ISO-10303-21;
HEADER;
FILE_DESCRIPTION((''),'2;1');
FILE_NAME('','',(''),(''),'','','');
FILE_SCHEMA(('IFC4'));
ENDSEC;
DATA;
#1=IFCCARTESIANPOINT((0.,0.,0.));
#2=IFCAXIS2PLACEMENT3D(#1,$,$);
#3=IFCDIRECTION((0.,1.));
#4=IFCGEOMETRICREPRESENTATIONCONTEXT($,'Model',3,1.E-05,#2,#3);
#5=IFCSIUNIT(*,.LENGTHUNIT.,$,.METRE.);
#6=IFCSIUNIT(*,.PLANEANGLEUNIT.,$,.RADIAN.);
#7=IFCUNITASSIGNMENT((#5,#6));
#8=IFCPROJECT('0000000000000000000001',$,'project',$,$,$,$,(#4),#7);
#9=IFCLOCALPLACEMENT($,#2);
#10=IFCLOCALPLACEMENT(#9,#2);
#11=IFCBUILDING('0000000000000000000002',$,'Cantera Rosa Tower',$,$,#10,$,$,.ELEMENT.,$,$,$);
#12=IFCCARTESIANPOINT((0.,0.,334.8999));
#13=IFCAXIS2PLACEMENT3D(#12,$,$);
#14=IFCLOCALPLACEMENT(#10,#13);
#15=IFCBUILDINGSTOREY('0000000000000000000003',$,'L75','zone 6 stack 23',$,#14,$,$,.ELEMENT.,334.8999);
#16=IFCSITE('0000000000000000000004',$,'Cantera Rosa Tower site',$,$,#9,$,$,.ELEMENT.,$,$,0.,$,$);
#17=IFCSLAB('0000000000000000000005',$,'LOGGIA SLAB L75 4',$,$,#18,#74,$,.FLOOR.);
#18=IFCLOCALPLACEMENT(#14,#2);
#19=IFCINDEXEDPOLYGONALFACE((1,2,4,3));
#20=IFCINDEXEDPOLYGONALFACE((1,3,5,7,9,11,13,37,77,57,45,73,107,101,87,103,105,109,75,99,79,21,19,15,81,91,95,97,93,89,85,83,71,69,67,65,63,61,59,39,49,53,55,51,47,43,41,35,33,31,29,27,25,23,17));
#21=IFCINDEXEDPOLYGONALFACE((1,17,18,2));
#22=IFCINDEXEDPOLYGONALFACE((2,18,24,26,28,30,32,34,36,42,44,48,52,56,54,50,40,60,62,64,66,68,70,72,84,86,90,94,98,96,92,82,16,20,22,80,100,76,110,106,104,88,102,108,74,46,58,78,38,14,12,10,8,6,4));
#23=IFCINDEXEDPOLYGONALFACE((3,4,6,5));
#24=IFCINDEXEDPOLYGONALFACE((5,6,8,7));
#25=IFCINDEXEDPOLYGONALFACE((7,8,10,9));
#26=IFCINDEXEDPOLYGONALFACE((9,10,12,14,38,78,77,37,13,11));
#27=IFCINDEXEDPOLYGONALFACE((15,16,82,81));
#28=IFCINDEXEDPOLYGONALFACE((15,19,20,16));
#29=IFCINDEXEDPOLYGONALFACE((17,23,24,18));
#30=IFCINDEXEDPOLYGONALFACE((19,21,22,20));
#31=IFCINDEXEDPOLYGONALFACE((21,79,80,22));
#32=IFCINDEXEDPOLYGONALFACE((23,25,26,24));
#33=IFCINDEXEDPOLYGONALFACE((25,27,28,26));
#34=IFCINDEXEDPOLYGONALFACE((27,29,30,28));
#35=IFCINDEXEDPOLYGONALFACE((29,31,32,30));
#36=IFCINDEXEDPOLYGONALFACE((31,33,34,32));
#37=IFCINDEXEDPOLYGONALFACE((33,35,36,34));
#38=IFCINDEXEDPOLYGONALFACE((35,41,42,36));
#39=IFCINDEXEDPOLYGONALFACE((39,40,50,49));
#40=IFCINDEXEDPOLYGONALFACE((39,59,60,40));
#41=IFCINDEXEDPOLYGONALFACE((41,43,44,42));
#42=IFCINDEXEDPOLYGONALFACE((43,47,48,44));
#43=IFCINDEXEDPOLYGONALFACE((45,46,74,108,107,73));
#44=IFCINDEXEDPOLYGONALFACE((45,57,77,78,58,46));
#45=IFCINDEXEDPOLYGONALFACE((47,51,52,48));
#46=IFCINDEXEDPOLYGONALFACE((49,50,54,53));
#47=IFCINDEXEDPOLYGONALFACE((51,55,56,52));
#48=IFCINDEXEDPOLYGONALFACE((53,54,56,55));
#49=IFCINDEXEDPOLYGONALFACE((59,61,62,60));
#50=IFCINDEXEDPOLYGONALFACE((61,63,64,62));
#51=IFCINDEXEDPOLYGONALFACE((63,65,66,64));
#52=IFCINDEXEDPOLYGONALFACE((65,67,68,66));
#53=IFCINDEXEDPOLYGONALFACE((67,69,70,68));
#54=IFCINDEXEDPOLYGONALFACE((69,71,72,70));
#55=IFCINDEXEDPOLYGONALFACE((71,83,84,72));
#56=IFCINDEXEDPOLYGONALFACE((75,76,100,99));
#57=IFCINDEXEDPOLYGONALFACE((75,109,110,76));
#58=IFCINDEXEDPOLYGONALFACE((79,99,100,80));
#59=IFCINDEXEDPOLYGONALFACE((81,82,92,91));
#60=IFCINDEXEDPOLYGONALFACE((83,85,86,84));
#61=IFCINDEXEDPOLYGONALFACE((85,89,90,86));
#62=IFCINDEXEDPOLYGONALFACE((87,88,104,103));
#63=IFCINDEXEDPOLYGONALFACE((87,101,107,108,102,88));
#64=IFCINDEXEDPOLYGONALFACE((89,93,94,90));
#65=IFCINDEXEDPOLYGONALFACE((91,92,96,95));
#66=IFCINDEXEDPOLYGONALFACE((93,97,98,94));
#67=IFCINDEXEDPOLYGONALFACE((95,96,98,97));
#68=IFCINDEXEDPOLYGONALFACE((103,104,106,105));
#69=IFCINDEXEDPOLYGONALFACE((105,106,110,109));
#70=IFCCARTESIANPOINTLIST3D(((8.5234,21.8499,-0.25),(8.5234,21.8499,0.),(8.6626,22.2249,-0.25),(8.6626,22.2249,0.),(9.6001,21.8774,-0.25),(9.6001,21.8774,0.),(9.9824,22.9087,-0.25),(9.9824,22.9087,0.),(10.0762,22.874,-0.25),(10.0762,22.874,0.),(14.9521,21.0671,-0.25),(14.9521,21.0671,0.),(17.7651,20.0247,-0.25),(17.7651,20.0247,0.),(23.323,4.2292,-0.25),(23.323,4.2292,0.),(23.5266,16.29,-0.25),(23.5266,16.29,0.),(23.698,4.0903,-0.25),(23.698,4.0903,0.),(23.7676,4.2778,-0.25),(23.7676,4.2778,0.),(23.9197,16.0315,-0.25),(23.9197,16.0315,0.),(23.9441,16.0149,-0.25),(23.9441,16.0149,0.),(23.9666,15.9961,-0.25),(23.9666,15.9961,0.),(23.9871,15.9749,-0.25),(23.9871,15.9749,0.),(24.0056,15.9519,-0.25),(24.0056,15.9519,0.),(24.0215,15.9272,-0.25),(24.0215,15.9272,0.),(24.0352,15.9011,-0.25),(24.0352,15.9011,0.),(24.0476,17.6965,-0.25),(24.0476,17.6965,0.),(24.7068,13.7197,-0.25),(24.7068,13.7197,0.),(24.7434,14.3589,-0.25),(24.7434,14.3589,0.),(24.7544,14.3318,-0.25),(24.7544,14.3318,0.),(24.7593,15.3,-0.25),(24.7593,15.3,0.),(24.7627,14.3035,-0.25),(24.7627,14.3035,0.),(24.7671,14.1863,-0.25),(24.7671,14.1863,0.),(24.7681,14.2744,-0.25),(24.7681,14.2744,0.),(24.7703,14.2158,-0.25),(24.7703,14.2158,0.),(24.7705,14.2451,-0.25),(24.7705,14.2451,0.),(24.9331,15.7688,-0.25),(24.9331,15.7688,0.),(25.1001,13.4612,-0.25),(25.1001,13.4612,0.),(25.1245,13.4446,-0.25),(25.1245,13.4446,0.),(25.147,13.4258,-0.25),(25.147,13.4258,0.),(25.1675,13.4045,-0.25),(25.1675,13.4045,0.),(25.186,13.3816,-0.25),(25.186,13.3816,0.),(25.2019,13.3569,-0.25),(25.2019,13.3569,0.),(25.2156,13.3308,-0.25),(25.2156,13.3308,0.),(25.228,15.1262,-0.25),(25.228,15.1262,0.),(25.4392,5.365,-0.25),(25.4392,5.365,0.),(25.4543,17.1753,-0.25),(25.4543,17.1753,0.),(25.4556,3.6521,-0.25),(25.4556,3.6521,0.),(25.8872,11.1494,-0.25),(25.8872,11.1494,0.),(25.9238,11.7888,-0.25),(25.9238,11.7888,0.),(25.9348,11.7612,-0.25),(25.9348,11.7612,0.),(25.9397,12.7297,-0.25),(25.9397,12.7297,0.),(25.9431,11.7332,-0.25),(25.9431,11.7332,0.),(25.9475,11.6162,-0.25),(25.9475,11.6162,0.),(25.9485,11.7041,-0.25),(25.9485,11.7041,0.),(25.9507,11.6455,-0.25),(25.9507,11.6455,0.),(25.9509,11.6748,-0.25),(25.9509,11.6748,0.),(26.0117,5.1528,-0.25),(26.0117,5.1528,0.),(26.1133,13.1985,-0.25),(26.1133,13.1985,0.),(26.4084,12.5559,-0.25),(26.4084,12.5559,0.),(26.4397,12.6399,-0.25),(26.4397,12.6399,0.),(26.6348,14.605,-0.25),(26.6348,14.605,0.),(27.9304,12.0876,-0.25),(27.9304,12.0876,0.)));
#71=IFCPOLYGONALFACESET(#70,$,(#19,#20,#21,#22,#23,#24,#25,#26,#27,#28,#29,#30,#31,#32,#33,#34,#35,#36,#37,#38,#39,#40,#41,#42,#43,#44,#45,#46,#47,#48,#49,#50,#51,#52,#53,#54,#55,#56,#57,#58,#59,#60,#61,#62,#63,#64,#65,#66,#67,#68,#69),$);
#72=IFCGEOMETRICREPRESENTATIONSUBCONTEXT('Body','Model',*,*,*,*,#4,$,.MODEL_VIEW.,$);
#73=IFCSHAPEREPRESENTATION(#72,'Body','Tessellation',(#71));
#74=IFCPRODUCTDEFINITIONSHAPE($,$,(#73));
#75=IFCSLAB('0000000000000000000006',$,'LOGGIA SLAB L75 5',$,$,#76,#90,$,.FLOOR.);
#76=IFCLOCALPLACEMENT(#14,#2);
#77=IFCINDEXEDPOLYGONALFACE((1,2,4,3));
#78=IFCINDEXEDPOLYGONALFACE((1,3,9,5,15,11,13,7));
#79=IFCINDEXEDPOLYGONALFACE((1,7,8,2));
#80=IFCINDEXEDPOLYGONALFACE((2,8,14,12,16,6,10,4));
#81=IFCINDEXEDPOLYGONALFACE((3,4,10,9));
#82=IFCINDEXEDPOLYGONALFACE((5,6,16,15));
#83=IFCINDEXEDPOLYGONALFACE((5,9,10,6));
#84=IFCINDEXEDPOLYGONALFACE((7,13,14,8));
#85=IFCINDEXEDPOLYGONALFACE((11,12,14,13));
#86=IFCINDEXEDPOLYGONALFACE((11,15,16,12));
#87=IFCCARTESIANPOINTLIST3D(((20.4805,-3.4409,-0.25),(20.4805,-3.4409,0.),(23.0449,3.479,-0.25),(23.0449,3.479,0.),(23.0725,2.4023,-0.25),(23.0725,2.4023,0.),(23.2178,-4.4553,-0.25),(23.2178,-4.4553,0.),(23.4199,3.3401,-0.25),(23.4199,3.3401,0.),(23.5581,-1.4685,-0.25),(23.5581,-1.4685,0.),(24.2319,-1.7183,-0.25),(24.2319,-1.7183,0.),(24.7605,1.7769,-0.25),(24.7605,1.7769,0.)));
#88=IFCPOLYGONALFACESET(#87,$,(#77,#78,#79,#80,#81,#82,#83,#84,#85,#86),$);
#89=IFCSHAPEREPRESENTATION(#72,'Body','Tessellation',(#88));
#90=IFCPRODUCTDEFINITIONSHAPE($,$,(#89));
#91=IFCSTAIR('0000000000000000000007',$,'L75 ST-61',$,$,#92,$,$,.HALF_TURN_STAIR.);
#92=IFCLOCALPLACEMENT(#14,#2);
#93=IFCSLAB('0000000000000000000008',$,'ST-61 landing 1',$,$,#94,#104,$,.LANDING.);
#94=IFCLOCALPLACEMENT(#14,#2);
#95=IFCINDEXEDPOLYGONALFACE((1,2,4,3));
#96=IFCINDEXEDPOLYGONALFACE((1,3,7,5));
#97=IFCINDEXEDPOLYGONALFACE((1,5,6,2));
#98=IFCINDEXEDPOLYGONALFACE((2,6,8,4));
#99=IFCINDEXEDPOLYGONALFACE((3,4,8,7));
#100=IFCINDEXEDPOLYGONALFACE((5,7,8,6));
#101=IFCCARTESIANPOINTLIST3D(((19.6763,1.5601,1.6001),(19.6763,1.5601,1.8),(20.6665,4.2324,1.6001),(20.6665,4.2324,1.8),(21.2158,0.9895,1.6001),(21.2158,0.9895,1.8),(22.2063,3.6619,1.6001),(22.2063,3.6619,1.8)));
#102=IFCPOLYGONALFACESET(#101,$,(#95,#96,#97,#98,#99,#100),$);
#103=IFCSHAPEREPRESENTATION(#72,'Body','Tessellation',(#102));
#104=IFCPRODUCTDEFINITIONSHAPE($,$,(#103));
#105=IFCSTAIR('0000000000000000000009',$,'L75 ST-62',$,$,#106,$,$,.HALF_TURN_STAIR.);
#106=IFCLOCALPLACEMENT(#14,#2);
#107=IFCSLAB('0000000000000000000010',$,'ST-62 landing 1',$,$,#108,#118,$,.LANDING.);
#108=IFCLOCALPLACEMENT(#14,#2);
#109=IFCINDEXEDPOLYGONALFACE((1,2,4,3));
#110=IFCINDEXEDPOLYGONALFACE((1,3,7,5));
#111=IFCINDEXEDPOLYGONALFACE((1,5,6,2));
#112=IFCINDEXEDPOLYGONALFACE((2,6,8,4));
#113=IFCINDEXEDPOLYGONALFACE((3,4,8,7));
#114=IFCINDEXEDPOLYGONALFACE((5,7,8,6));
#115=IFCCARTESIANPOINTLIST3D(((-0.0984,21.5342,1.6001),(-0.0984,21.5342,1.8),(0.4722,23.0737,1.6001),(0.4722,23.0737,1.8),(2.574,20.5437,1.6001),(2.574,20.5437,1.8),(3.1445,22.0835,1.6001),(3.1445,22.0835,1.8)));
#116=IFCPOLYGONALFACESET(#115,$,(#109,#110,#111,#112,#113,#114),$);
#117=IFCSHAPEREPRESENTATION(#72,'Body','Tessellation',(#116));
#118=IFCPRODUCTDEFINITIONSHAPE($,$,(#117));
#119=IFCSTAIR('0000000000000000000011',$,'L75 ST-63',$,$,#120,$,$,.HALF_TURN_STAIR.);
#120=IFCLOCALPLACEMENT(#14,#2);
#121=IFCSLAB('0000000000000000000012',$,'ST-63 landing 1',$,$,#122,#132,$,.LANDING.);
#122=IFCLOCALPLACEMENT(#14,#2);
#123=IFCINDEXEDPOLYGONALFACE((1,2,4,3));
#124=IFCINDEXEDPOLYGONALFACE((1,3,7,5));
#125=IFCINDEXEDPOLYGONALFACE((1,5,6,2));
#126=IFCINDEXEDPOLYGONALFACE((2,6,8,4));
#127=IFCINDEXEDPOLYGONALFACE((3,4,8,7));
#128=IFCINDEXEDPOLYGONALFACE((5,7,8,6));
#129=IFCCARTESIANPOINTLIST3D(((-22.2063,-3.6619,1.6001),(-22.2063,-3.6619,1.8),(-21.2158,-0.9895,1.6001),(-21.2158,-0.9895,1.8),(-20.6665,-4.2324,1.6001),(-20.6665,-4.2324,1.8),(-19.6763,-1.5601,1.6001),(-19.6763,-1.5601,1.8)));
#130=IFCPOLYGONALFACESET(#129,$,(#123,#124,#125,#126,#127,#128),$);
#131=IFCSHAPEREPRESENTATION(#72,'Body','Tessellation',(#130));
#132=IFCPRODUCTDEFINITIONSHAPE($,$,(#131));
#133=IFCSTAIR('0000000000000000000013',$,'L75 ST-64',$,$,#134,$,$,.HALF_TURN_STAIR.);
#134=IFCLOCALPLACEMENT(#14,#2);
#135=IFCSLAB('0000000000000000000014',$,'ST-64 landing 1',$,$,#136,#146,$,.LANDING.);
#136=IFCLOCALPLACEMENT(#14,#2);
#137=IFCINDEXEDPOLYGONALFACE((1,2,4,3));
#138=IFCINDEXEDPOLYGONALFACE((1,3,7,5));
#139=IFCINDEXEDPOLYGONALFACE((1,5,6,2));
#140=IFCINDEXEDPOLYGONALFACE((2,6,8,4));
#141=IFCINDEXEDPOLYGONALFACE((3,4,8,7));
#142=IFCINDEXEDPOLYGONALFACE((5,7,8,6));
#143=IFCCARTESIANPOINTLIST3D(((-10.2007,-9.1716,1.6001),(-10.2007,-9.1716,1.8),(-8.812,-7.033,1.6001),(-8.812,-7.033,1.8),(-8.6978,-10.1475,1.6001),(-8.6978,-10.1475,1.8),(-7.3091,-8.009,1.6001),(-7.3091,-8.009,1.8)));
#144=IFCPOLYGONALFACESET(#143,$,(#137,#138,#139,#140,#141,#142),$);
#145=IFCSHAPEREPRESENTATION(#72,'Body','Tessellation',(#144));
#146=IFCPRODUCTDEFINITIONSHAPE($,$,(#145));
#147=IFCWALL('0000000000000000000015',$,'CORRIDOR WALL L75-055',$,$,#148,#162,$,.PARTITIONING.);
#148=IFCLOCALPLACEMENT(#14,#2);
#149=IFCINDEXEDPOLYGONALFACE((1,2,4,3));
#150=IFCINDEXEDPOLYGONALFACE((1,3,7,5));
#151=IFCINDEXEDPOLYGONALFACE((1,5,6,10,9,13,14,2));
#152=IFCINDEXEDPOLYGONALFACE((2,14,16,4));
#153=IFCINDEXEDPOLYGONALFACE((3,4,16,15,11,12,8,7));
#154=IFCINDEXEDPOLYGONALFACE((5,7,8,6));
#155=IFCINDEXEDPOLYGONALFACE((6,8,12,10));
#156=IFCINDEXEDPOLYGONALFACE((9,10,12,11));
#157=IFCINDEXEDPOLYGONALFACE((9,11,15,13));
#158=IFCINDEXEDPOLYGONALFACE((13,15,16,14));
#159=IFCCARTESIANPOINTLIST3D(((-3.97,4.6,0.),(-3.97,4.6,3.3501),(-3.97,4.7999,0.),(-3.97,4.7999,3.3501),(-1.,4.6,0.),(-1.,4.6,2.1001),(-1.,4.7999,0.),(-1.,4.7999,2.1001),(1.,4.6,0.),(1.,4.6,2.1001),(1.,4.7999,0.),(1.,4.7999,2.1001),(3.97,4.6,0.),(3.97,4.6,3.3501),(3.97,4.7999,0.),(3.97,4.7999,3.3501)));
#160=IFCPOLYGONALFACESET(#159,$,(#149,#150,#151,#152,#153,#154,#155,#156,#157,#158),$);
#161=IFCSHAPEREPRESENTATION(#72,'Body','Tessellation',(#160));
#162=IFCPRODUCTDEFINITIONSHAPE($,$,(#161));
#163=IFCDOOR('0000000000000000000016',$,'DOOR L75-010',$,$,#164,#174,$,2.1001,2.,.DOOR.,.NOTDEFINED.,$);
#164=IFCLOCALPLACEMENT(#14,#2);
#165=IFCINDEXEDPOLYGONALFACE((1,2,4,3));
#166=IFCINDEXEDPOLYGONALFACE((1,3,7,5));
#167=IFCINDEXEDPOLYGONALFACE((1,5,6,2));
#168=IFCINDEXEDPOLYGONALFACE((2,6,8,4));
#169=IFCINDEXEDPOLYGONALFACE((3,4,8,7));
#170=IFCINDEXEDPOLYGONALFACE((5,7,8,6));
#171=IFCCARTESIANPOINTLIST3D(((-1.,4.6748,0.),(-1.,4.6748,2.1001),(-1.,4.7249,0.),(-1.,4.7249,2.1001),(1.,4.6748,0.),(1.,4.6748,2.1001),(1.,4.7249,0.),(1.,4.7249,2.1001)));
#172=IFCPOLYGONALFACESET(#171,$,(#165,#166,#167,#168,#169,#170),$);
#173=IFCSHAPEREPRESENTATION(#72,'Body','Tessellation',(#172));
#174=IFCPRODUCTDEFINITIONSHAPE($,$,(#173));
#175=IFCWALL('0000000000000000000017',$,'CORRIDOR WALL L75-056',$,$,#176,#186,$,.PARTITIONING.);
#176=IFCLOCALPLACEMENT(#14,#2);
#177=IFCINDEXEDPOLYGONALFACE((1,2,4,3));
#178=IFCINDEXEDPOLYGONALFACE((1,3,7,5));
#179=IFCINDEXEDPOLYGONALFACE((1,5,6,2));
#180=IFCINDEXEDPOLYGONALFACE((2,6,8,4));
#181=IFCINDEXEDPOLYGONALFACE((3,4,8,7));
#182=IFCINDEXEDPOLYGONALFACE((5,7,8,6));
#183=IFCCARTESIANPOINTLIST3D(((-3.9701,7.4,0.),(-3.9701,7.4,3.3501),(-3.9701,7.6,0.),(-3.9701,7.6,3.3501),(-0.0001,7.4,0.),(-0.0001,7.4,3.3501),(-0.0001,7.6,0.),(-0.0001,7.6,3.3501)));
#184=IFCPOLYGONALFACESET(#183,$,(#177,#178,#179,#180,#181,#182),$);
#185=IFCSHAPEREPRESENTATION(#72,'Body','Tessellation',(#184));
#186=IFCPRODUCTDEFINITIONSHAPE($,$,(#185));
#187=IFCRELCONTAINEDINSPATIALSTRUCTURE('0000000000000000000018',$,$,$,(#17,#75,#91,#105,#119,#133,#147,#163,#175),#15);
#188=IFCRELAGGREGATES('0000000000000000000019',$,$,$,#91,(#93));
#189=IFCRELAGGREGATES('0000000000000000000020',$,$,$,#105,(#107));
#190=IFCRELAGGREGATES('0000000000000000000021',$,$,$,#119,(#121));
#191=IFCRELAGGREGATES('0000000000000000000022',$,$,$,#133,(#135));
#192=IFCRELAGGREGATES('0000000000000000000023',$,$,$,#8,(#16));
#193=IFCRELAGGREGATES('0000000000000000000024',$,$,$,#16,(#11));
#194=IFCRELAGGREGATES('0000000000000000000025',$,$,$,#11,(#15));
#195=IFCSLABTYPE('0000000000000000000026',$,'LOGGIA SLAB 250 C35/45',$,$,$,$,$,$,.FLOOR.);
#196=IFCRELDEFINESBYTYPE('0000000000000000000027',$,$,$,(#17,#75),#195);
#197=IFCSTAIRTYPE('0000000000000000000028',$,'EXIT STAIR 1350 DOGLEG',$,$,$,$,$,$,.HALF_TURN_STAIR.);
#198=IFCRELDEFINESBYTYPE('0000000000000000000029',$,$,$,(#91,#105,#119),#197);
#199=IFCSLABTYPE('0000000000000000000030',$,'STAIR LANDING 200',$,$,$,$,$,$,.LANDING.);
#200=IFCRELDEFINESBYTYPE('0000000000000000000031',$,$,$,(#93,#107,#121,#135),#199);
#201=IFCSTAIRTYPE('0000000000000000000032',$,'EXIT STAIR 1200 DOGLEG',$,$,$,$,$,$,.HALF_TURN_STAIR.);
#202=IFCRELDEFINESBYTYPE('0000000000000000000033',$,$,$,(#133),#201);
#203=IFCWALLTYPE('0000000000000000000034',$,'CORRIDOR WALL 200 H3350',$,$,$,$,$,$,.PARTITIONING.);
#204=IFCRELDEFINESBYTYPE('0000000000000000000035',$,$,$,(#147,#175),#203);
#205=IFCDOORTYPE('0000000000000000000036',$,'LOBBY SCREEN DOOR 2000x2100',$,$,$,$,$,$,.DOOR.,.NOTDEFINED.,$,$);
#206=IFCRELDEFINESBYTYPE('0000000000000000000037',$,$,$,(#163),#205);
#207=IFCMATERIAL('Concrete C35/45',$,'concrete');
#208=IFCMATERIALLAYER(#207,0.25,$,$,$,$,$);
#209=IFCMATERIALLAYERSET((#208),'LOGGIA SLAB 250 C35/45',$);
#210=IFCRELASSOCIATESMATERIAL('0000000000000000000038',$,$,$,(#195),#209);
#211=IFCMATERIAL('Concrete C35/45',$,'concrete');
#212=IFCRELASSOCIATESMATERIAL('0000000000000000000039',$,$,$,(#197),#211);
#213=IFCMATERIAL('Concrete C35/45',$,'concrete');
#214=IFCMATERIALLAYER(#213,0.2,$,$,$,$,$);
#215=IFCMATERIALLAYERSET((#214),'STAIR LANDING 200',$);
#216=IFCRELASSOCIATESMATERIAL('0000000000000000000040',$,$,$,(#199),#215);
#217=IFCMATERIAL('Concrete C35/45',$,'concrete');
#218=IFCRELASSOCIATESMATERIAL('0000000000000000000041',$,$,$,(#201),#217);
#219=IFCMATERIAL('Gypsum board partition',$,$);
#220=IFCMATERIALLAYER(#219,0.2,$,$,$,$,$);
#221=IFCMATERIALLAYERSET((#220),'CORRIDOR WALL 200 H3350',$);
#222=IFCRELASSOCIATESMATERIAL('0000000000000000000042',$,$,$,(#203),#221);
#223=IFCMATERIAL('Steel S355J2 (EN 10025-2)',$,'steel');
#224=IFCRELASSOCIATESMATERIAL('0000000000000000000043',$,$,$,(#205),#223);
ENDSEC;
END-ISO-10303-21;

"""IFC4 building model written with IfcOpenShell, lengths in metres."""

from ifc_helpers import new_model, si_unit, direction, frame, frame_2d, origin, place, context, subcontext, project, spatial, polyline, rectangle, outline, extrude, material, layer, layer_set, type_object, element, fill, aggregate, save


model = new_model("IFC4")

# Units and contexts
model_context = context("Model", 3, precision=1e-05, world=origin(), true_north=direction((0.0, 1.0)))
body_context = subcontext(model_context, "Body", "Model", "MODEL_VIEW")
ifc_project = project(units=[si_unit("LENGTHUNIT", "METRE"), si_unit("PLANEANGLEUNIT", "RADIAN")], contexts=[model_context])

# Site, building, storey
site_placement = place(None, origin())
site = spatial("IfcSite", under=ifc_project, at=site_placement, Name="Cantera Rosa Tower site", CompositionType="ELEMENT", RefElevation=0.0)
building_placement = place(site_placement, origin())
building = spatial("IfcBuilding", under=site, at=building_placement, Name="Cantera Rosa Tower", CompositionType="ELEMENT")
storey_placement = place(building_placement, frame((0.0, 0.0, 334.8999)))
storey = spatial("IfcBuildingStorey", under=building, at=storey_placement, Name="L75", Description="zone 6 stack 23", CompositionType="ELEMENT", Elevation=334.8999)

# Slabs
ifc_material_1 = material(Name="Concrete C35/45", Category="concrete")
ifc_layer_1 = layer(ifc_material_1, 0.25)
ifc_layer_set_1 = layer_set([ifc_layer_1], Name="LOGGIA SLAB 250 C35/45")
slab_type_1 = type_object("IfcSlabType", Name="LOGGIA SLAB 250 C35/45", PredefinedType="FLOOR", material=ifc_layer_set_1)
slab_1_placement = place(storey_placement, frame((0.0, 0.0, -0.25)))
element("IfcSlab", 1, at=slab_1_placement, inside=storey, type_object=slab_type_1, Name="LOGGIA SLAB L75 4", PredefinedType="FLOOR", context=body_context, shape_type="SweptSolid", body=[
    extrude(outline(polyline([(17.7651, 20.0247), (24.0476, 17.6965), (25.4543, 17.1753), (24.9331, 15.7688), (24.7593, 15.3), (25.228, 15.1262), (26.6348, 14.605), (26.1133, 13.1985), (25.9397, 12.7297), (26.4084, 12.5559), (26.4397, 12.6399), (27.9304, 12.0876), (25.4392, 5.365), (26.0117, 5.1528), (25.4556, 3.6521), (23.7676, 4.2778), (23.698, 4.0903), (23.323, 4.2292), (25.8872, 11.1494), (25.9475, 11.6162), (25.9507, 11.6455), (25.9509, 11.6748), (25.9485, 11.7041), (25.9431, 11.7332), (25.9348, 11.7612), (25.9238, 11.7888), (25.2156, 13.3308), (25.2019, 13.3569), (25.186, 13.3816), (25.1675, 13.4045), (25.147, 13.4258), (25.1245, 13.4446), (25.1001, 13.4612), (24.7068, 13.7197), (24.7671, 14.1863), (24.7703, 14.2158), (24.7705, 14.2451), (24.7681, 14.2744), (24.7627, 14.3035), (24.7544, 14.3318), (24.7434, 14.3589), (24.0352, 15.9011), (24.0215, 15.9272), (24.0056, 15.9519), (23.9871, 15.9749), (23.9666, 15.9961), (23.9441, 16.0149), (23.9197, 16.0315), (23.5266, 16.29), (8.5234, 21.8499), (8.6626, 22.2249), (9.6001, 21.8774), (9.9824, 22.9087), (10.0762, 22.874), (14.9521, 21.0671), (17.7651, 20.0247)])), origin(), (0.0, 0.0, 1.0), 0.25),
])
slab_2_placement = place(storey_placement, frame((0.0, 0.0, -0.25)))
element("IfcSlab", 2, at=slab_2_placement, inside=storey, type_object=slab_type_1, Name="LOGGIA SLAB L75 5", PredefinedType="FLOOR", context=body_context, shape_type="SweptSolid", body=[
    extrude(outline(polyline([(23.4199, 3.3401), (23.0725, 2.4023), (24.7605, 1.7769), (23.5581, -1.4685), (24.2319, -1.7183), (23.2178, -4.4553), (20.4805, -3.4409), (23.0449, 3.479), (23.4199, 3.3401)])), origin(), (0.0, 0.0, 1.0), 0.25),
])

# Stairs, slabs
ifc_material_2 = material(Name="Concrete C35/45", Category="concrete")
stair_type_1 = type_object("IfcStairType", Name="EXIT STAIR 1350 DOGLEG", PredefinedType="HALF_TURN_STAIR", material=ifc_material_2)
stair_1_placement = place(storey_placement, origin())
stair_1 = element("IfcStair", 3, at=stair_1_placement, inside=storey, type_object=stair_type_1, Name="L75 ST-61", PredefinedType="HALF_TURN_STAIR")
ifc_material_3 = material(Name="Concrete C35/45", Category="concrete")
ifc_layer_2 = layer(ifc_material_3, 0.2)
ifc_layer_set_2 = layer_set([ifc_layer_2], Name="STAIR LANDING 200")
slab_type_2 = type_object("IfcSlabType", Name="STAIR LANDING 200", PredefinedType="LANDING", material=ifc_layer_set_2)
slab_3_placement = place(storey_placement, frame((0.0, 0.0, 1.6001)))
slab_3 = element("IfcSlab", 4, at=slab_3_placement, type_object=slab_type_2, Name="ST-61 landing 1", PredefinedType="LANDING", context=body_context, shape_type="SweptSolid", body=[
    extrude(outline(polyline([(19.6763, 1.5601), (21.2158, 0.9895), (22.2063, 3.6619), (20.6665, 4.2324), (19.6763, 1.5601)])), origin(), (0.0, 0.0, 1.0), 0.2),
])
aggregate(stair_1, [slab_3])
stair_2_placement = place(storey_placement, origin())
stair_2 = element("IfcStair", 5, at=stair_2_placement, inside=storey, type_object=stair_type_1, Name="L75 ST-62", PredefinedType="HALF_TURN_STAIR")
slab_4_placement = place(storey_placement, frame((0.0, 0.0, 1.6001)))
slab_4 = element("IfcSlab", 6, at=slab_4_placement, type_object=slab_type_2, Name="ST-62 landing 1", PredefinedType="LANDING", context=body_context, shape_type="SweptSolid", body=[
    extrude(outline(polyline([(2.574, 20.5437), (3.1445, 22.0835), (0.4722, 23.0737), (-0.0984, 21.5342), (2.574, 20.5437)])), origin(), (0.0, 0.0, 1.0), 0.2),
])
aggregate(stair_2, [slab_4])
stair_3_placement = place(storey_placement, origin())
stair_3 = element("IfcStair", 7, at=stair_3_placement, inside=storey, type_object=stair_type_1, Name="L75 ST-63", PredefinedType="HALF_TURN_STAIR")
slab_5_placement = place(storey_placement, frame((0.0, 0.0, 1.6001)))
slab_5 = element("IfcSlab", 8, at=slab_5_placement, type_object=slab_type_2, Name="ST-63 landing 1", PredefinedType="LANDING", context=body_context, shape_type="SweptSolid", body=[
    extrude(outline(polyline([(-19.6763, -1.5601), (-21.2158, -0.9895), (-22.2063, -3.6619), (-20.6665, -4.2324), (-19.6763, -1.5601)])), origin(), (0.0, 0.0, 1.0), 0.2),
])
aggregate(stair_3, [slab_5])
ifc_material_4 = material(Name="Concrete C35/45", Category="concrete")
stair_type_2 = type_object("IfcStairType", Name="EXIT STAIR 1200 DOGLEG", PredefinedType="HALF_TURN_STAIR", material=ifc_material_4)
stair_4_placement = place(storey_placement, origin())
stair_4 = element("IfcStair", 9, at=stair_4_placement, inside=storey, type_object=stair_type_2, Name="L75 ST-64", PredefinedType="HALF_TURN_STAIR")
slab_6_placement = place(storey_placement, frame((0.0, 0.0, 1.6001)))
slab_6 = element("IfcSlab", 10, at=slab_6_placement, type_object=slab_type_2, Name="ST-64 landing 1", PredefinedType="LANDING", context=body_context, shape_type="SweptSolid", body=[
    extrude(outline(polyline([(-7.3091, -8.009), (-8.812, -7.033), (-10.2007, -9.1716), (-8.6978, -10.1475), (-7.3091, -8.009)])), origin(), (0.0, 0.0, 1.0), 0.2),
])
aggregate(stair_4, [slab_6])

# Wall, opening, door
ifc_material_5 = material(Name="Gypsum board partition")
ifc_layer_3 = layer(ifc_material_5, 0.2)
ifc_layer_set_3 = layer_set([ifc_layer_3], Name="CORRIDOR WALL 200 H3350")
wall_type = type_object("IfcWallType", Name="CORRIDOR WALL 200 H3350", PredefinedType="PARTITIONING", material=ifc_layer_set_3)
wall_1_placement = place(storey_placement, frame((-3.97, 4.7, 0.0), z_axis=(0.0, 0.0, 1.0), x_axis=(1.0, 0.0, 0.0)))
wall_1 = element("IfcWall", 11, at=wall_1_placement, inside=storey, type_object=wall_type, Name="CORRIDOR WALL L75-055", PredefinedType="PARTITIONING", context=body_context, shape_type="SweptSolid", body=[
    extrude(rectangle(XDim=7.9399, YDim=0.2, at=frame_2d((3.97, 0.0))), origin(), (0.0, 0.0, 1.0), 3.3501),
])
opening_placement = place(wall_1_placement, frame((2.97, 0.0, 0.0)))
opening = element("IfcOpeningElement", 12, at=opening_placement, cuts=wall_1, PredefinedType="OPENING", context=body_context, shape_type="SweptSolid", body=[
    extrude(rectangle(XDim=2.0, YDim=2.1001, at=frame_2d((1.0, 1.05))), frame((0.0, 0.1099, 0.0), z_axis=(0.0, -1.0, 0.0), x_axis=(1.0, 0.0, 0.0)), (0.0, 0.0, 1.0), 0.22),
])
ifc_material_6 = material(Name="Steel S355J2 (EN 10025-2)", Category="steel")
door_type = type_object("IfcDoorType", Name="LOBBY SCREEN DOOR 2000x2100", OperationType="NOTDEFINED", PredefinedType="DOOR", material=ifc_material_6)
door_placement = place(opening_placement, origin())
door = element("IfcDoor", 13, at=door_placement, inside=storey, type_object=door_type, Name="DOOR L75-010", OperationType="NOTDEFINED", OverallHeight=2.1001, OverallWidth=2.0, PredefinedType="DOOR", context=body_context, shape_type="SweptSolid", body=[
    extrude(rectangle(XDim=2.0, YDim=2.1001, at=frame_2d((1.0, 1.05))), frame((0.0, 0.0249, 0.0), z_axis=(0.0, -1.0, 0.0), x_axis=(1.0, 0.0, 0.0)), (0.0, 0.0, 1.0), 0.05),
])
fill(opening, door)

# Wall
wall_2_placement = place(storey_placement, frame((-3.97, 7.5, 0.0), z_axis=(0.0, 0.0, 1.0), x_axis=(1.0, 0.0, 0.0)))
element("IfcWall", 14, at=wall_2_placement, inside=storey, type_object=wall_type, Name="CORRIDOR WALL L75-056", PredefinedType="PARTITIONING", context=body_context, shape_type="SweptSolid", body=[
    extrude(rectangle(XDim=3.97, YDim=0.2, at=frame_2d((1.9849, 0.0))), origin(), (0.0, 0.0, 1.0), 3.3501),
])

save(model, "model.ifc")
